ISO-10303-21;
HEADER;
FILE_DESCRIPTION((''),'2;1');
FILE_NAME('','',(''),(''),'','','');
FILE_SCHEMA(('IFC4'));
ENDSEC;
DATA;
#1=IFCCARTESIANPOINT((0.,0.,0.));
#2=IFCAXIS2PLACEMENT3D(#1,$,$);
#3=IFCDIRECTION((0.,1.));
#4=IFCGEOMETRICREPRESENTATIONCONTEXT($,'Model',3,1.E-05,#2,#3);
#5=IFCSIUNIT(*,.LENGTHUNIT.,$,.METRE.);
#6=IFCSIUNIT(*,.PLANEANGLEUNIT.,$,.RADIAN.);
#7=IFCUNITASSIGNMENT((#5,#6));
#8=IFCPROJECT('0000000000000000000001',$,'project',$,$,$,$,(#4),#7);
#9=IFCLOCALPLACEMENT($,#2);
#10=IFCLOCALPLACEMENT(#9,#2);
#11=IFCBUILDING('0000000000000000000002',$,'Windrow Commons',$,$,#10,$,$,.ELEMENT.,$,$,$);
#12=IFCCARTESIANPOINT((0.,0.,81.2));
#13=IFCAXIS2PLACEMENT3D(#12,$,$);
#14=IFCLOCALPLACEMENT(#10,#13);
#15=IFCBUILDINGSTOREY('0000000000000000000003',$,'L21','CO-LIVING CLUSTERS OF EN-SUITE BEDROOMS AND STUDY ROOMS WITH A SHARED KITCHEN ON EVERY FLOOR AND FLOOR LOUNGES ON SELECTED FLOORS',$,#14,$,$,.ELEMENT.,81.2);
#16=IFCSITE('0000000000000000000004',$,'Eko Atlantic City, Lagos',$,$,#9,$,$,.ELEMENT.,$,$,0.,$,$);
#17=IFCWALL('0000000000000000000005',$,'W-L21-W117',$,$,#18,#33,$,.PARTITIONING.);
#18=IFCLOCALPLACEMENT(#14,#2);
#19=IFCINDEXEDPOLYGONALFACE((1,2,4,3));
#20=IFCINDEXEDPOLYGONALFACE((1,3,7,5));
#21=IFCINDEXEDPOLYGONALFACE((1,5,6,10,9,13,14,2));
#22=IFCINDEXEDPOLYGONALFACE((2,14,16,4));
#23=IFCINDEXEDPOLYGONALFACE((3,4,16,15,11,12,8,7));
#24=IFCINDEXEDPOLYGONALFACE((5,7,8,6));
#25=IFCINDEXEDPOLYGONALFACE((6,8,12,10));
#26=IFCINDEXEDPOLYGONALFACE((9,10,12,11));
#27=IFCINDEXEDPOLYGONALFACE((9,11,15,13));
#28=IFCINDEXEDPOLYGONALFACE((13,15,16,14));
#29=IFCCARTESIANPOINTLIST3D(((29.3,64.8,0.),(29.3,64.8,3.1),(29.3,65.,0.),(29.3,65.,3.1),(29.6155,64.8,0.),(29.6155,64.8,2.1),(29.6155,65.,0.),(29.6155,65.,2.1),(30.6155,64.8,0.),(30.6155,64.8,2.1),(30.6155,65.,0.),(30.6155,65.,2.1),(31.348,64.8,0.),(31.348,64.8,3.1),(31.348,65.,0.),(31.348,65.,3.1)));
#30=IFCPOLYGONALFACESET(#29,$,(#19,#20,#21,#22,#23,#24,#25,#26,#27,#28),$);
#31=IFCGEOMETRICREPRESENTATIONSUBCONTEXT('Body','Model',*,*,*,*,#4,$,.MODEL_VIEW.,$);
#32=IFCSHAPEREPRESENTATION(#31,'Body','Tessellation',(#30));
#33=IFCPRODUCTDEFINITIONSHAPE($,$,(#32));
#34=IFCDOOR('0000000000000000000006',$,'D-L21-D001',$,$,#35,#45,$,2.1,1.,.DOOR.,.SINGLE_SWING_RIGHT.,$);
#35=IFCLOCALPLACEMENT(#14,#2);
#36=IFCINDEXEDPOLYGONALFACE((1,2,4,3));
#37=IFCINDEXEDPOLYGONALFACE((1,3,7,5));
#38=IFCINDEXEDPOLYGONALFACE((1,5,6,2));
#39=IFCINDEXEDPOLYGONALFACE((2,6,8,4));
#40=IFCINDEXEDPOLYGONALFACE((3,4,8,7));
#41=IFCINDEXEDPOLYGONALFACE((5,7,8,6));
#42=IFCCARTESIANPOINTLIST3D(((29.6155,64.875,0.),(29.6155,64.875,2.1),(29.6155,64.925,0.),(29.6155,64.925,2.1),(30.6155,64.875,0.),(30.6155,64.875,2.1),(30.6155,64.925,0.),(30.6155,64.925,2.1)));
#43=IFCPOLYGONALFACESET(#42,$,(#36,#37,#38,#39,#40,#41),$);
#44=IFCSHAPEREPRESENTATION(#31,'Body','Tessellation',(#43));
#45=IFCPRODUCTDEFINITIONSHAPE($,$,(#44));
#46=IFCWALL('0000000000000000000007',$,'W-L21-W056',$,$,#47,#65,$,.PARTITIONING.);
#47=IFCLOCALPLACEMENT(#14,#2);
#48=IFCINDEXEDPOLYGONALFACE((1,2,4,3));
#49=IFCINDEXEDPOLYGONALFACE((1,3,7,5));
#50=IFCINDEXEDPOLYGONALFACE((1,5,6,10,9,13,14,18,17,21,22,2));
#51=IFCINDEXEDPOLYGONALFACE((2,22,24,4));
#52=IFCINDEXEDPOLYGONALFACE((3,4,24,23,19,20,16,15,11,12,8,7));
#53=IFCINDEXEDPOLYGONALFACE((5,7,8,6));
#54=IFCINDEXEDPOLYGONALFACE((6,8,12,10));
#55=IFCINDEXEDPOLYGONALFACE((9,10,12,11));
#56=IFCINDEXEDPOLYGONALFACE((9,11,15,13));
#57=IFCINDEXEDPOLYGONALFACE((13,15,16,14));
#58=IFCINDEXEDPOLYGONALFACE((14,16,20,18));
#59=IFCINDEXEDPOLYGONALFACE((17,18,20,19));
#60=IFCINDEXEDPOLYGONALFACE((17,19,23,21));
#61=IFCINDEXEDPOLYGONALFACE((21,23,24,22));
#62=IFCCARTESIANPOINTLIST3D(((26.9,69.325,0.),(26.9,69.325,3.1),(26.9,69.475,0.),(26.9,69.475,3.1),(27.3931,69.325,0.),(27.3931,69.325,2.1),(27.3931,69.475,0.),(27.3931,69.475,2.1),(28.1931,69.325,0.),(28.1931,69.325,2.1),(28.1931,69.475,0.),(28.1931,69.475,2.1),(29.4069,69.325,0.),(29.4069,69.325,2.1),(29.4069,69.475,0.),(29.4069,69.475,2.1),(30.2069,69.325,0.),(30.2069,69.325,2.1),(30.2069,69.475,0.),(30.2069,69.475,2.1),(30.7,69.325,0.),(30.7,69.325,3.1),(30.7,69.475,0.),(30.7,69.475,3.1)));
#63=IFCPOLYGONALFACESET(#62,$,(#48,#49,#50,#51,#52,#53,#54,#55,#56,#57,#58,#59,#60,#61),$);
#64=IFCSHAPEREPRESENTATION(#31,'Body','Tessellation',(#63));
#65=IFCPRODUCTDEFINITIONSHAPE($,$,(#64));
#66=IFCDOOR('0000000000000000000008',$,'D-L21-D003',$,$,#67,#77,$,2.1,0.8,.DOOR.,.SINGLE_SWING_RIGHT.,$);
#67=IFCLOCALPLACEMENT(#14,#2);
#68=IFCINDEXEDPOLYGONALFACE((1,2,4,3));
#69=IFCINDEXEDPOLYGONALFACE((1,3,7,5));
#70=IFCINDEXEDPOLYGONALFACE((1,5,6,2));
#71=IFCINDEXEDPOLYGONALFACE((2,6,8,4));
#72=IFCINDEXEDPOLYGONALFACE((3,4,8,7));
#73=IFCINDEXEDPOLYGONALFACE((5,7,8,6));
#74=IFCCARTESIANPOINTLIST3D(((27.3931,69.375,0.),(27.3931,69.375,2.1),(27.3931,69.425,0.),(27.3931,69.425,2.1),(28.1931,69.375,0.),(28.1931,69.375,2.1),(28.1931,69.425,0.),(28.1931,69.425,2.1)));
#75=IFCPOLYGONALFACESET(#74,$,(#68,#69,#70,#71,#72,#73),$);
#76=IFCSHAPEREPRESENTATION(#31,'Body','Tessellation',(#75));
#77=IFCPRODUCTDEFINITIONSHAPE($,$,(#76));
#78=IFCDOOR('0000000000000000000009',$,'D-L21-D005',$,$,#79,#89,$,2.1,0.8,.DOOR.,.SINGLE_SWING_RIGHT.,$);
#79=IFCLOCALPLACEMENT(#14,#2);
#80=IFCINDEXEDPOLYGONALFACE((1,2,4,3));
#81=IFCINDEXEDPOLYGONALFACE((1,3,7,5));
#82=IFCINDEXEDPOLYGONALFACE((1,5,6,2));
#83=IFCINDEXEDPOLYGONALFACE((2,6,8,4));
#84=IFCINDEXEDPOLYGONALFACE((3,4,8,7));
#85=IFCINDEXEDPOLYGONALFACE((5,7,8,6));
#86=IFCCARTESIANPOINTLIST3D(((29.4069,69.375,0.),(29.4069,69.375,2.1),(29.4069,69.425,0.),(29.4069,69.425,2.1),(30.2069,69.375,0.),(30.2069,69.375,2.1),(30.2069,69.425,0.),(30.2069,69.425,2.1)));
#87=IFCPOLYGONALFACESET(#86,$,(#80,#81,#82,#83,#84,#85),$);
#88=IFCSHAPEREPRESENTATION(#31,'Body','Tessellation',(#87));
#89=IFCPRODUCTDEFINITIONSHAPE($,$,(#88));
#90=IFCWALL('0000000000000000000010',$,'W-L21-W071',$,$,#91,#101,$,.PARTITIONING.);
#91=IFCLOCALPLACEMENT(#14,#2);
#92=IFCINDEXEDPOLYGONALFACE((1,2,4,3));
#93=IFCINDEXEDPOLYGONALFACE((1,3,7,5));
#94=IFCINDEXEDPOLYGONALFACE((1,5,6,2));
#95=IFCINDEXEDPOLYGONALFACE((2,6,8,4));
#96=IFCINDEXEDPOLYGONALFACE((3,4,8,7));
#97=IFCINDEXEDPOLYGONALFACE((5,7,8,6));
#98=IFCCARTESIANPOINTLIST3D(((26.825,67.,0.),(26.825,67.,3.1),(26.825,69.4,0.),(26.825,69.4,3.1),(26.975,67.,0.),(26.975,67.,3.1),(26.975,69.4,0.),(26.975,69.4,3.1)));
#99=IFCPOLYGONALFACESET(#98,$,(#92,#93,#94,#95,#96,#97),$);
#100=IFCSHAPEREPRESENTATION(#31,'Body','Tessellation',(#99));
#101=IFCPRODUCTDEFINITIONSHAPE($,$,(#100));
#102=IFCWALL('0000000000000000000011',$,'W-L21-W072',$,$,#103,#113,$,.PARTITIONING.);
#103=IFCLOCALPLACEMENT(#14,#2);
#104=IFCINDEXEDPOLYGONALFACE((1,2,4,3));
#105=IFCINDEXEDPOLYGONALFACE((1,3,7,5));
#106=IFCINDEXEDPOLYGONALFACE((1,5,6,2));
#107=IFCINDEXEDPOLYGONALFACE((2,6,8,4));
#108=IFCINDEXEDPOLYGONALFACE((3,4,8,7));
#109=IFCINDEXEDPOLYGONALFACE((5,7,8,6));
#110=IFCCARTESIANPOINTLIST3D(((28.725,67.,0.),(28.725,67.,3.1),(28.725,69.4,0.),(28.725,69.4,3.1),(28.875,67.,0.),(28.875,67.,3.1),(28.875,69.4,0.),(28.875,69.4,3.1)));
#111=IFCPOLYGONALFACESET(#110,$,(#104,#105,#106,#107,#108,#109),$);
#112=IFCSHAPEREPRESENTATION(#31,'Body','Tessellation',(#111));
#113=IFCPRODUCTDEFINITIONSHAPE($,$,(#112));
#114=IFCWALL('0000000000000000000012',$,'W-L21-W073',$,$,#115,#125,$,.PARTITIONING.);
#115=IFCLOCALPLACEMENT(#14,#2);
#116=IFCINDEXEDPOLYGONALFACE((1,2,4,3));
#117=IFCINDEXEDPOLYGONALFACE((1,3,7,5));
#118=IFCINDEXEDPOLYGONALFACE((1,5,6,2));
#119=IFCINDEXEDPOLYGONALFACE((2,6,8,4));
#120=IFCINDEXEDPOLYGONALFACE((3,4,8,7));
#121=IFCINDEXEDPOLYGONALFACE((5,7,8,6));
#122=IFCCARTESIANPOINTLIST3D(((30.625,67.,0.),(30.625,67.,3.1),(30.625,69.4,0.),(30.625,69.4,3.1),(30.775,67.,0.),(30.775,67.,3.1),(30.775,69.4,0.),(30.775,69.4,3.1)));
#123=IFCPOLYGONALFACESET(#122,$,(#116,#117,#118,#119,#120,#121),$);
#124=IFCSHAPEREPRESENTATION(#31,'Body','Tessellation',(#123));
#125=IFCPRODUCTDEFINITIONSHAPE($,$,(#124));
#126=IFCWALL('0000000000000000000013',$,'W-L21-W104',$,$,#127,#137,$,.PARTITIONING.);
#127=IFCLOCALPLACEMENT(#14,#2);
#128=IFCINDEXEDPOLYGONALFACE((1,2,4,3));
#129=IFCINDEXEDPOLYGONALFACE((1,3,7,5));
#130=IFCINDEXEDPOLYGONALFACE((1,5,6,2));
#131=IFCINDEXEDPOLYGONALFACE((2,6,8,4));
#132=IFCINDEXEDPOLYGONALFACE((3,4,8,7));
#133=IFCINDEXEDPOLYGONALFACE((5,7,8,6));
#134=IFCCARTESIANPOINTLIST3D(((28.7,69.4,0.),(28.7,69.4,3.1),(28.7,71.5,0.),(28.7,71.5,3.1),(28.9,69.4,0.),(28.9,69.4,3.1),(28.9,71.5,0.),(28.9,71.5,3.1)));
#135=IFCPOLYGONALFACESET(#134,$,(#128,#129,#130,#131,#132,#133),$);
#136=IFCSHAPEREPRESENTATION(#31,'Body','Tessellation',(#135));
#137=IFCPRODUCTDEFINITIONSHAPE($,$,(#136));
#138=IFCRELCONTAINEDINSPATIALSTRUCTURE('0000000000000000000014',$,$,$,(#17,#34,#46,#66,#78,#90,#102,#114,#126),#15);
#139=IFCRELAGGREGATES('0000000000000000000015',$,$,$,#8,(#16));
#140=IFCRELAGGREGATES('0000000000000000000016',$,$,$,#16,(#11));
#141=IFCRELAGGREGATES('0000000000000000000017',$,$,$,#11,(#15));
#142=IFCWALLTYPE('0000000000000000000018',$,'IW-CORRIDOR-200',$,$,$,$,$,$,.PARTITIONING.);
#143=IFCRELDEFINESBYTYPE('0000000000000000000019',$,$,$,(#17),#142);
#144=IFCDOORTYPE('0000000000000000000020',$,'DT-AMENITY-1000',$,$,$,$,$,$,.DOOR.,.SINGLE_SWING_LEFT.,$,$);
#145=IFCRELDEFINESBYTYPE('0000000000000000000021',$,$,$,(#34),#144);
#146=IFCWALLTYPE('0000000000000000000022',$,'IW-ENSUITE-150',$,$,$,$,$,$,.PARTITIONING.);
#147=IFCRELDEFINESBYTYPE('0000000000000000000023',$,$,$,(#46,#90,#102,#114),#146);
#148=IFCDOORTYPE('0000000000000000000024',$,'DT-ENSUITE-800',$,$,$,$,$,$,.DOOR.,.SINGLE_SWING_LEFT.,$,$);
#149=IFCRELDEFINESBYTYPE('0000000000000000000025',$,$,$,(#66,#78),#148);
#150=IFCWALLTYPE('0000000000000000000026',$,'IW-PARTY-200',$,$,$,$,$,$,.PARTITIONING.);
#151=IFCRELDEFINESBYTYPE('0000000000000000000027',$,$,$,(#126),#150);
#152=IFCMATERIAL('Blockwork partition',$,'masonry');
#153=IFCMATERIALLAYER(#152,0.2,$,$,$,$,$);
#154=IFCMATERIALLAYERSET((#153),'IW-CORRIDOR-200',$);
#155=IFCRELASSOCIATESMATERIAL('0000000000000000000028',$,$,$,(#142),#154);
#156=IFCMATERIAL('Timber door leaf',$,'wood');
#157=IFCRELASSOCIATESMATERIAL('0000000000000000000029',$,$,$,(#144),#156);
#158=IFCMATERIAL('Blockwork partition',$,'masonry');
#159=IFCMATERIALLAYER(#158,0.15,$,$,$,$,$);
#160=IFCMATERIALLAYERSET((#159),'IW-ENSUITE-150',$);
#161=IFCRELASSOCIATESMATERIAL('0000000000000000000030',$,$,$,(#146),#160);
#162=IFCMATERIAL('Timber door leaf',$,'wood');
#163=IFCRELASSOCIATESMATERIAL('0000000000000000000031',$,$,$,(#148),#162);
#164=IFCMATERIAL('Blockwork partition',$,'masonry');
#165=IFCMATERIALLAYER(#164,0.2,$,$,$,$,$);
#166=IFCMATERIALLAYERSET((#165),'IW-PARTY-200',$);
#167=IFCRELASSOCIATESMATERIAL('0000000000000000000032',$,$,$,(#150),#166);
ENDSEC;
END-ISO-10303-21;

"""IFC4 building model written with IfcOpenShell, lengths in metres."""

from ifc_helpers import new_model, si_unit, direction, frame, frame_2d, origin, place, context, subcontext, project, spatial, rectangle, extrude, material, layer, layer_set, type_object, element, fill, save


model = new_model("IFC4")

# Units and contexts
model_context = context("Model", 3, precision=1e-05, world=origin(), true_north=direction((0.0, 1.0)))
body_context = subcontext(model_context, "Body", "Model", "MODEL_VIEW")
ifc_project = project(units=[si_unit("LENGTHUNIT", "METRE"), si_unit("PLANEANGLEUNIT", "RADIAN")], contexts=[model_context])

# Site, building, storey
site_placement = place(None, origin())
site = spatial("IfcSite", under=ifc_project, at=site_placement, Name="Eko Atlantic City, Lagos", CompositionType="ELEMENT", RefElevation=0.0)
building_placement = place(site_placement, origin())
building = spatial("IfcBuilding", under=site, at=building_placement, Name="Windrow Commons", CompositionType="ELEMENT")
storey_placement = place(building_placement, frame((0.0, 0.0, 81.2)))
storey = spatial("IfcBuildingStorey", under=building, at=storey_placement, Name="L21", Description="CO-LIVING CLUSTERS OF EN-SUITE BEDROOMS AND STUDY ROOMS WITH A SHARED KITCHEN ON EVERY FLOOR AND FLOOR LOUNGES ON SELECTED FLOORS", CompositionType="ELEMENT", Elevation=81.2)

# Wall, opening, door
ifc_material_1 = material(Name="Blockwork partition", Category="masonry")
ifc_layer_1 = layer(ifc_material_1, 0.2)
ifc_layer_set_1 = layer_set([ifc_layer_1], Name="IW-CORRIDOR-200")
wall_type_1 = type_object("IfcWallType", Name="IW-CORRIDOR-200", PredefinedType="PARTITIONING", material=ifc_layer_set_1)
wall_1_placement = place(storey_placement, frame((29.3, 64.9, 0.0), z_axis=(0.0, 0.0, 1.0), x_axis=(1.0, 0.0, 0.0)))
wall_1 = element("IfcWall", 1, at=wall_1_placement, inside=storey, type_object=wall_type_1, Name="W-L21-W117", PredefinedType="PARTITIONING", context=body_context, shape_type="SweptSolid", body=[
    extrude(rectangle(XDim=2.048, YDim=0.2, at=frame_2d((1.024, 0.0))), origin(), (0.0, 0.0, 1.0), 3.1),
])
opening_1_placement = place(wall_1_placement, frame((0.3155, 0.0, 0.0)))
opening_1 = element("IfcOpeningElement", 2, at=opening_1_placement, cuts=wall_1, PredefinedType="OPENING", context=body_context, shape_type="SweptSolid", body=[
    extrude(rectangle(XDim=1.0, YDim=2.1, at=frame_2d((0.5, 1.05))), frame((0.0, 0.11, 0.0), z_axis=(0.0, -1.0, 0.0), x_axis=(1.0, 0.0, 0.0)), (0.0, 0.0, 1.0), 0.22),
])
ifc_material_2 = material(Name="Timber door leaf", Category="wood")
door_type_1 = type_object("IfcDoorType", Name="DT-AMENITY-1000", OperationType="SINGLE_SWING_LEFT", PredefinedType="DOOR", material=ifc_material_2)
door_1_placement = place(opening_1_placement, origin())
door_1 = element("IfcDoor", 3, at=door_1_placement, inside=storey, type_object=door_type_1, Name="D-L21-D001", OperationType="SINGLE_SWING_RIGHT", OverallHeight=2.1, OverallWidth=1.0, PredefinedType="DOOR", context=body_context, shape_type="SweptSolid", body=[
    extrude(rectangle(XDim=1.0, YDim=2.1, at=frame_2d((0.5, 1.05))), frame((0.0, 0.025, 0.0), z_axis=(0.0, -1.0, 0.0), x_axis=(1.0, 0.0, 0.0)), (0.0, 0.0, 1.0), 0.05),
])
fill(opening_1, door_1)

# Wall, openings, doors
ifc_material_3 = material(Name="Blockwork partition", Category="masonry")
ifc_layer_2 = layer(ifc_material_3, 0.15)
ifc_layer_set_2 = layer_set([ifc_layer_2], Name="IW-ENSUITE-150")
wall_type_2 = type_object("IfcWallType", Name="IW-ENSUITE-150", PredefinedType="PARTITIONING", material=ifc_layer_set_2)
wall_2_placement = place(storey_placement, frame((26.9, 69.4, 0.0), z_axis=(0.0, 0.0, 1.0), x_axis=(1.0, 0.0, 0.0)))
wall_2 = element("IfcWall", 4, at=wall_2_placement, inside=storey, type_object=wall_type_2, Name="W-L21-W056", PredefinedType="PARTITIONING", context=body_context, shape_type="SweptSolid", body=[
    extrude(rectangle(XDim=3.8, YDim=0.15, at=frame_2d((1.9, 0.0))), origin(), (0.0, 0.0, 1.0), 3.1),
])
opening_2_placement = place(wall_2_placement, frame((0.4931, 0.0, 0.0)))
opening_2 = element("IfcOpeningElement", 5, at=opening_2_placement, cuts=wall_2, PredefinedType="OPENING", context=body_context, shape_type="SweptSolid", body=[
    extrude(rectangle(XDim=0.8, YDim=2.1, at=frame_2d((0.4, 1.05))), frame((0.0, 0.085, 0.0), z_axis=(0.0, -1.0, 0.0), x_axis=(1.0, 0.0, 0.0)), (0.0, 0.0, 1.0), 0.17),
])
opening_3_placement = place(wall_2_placement, frame((2.5069, 0.0, 0.0)))
opening_3 = element("IfcOpeningElement", 6, at=opening_3_placement, cuts=wall_2, PredefinedType="OPENING", context=body_context, shape_type="SweptSolid", body=[
    extrude(rectangle(XDim=0.8, YDim=2.1, at=frame_2d((0.4, 1.05))), frame((0.0, 0.085, 0.0), z_axis=(0.0, -1.0, 0.0), x_axis=(1.0, 0.0, 0.0)), (0.0, 0.0, 1.0), 0.17),
])
ifc_material_4 = material(Name="Timber door leaf", Category="wood")
door_type_2 = type_object("IfcDoorType", Name="DT-ENSUITE-800", OperationType="SINGLE_SWING_LEFT", PredefinedType="DOOR", material=ifc_material_4)
door_2_placement = place(opening_2_placement, origin())
door_2 = element("IfcDoor", 7, at=door_2_placement, inside=storey, type_object=door_type_2, Name="D-L21-D003", OperationType="SINGLE_SWING_RIGHT", OverallHeight=2.1, OverallWidth=0.8, PredefinedType="DOOR", context=body_context, shape_type="SweptSolid", body=[
    extrude(rectangle(XDim=0.8, YDim=2.1, at=frame_2d((0.4, 1.05))), frame((0.0, 0.025, 0.0), z_axis=(0.0, -1.0, 0.0), x_axis=(1.0, 0.0, 0.0)), (0.0, 0.0, 1.0), 0.05),
])
fill(opening_2, door_2)
door_3_placement = place(opening_3_placement, origin())
door_3 = element("IfcDoor", 8, at=door_3_placement, inside=storey, type_object=door_type_2, Name="D-L21-D005", OperationType="SINGLE_SWING_RIGHT", OverallHeight=2.1, OverallWidth=0.8, PredefinedType="DOOR", context=body_context, shape_type="SweptSolid", body=[
    extrude(rectangle(XDim=0.8, YDim=2.1, at=frame_2d((0.4, 1.05))), frame((0.0, 0.025, 0.0), z_axis=(0.0, -1.0, 0.0), x_axis=(1.0, 0.0, 0.0)), (0.0, 0.0, 1.0), 0.05),
])
fill(opening_3, door_3)

# Walls
for number, where, z_axis, x_axis, name in (
    (9, (26.9, 67.0, 0.0), (0.0, 0.0, 1.0), (0.0, 1.0, 0.0), "W-L21-W071"),
    (10, (28.8, 67.0, 0.0), (0.0, 0.0, 1.0), (0.0, 1.0, 0.0), "W-L21-W072"),
    (11, (30.7, 67.0, 0.0), (0.0, 0.0, 1.0), (0.0, 1.0, 0.0), "W-L21-W073"),
):
    element("IfcWall", number, at=place(storey_placement, frame(where, z_axis=z_axis, x_axis=x_axis)), inside=storey, type_object=wall_type_2, Name=name, PredefinedType="PARTITIONING", context=body_context, shape_type="SweptSolid", body=[
        extrude(rectangle(XDim=2.4, YDim=0.15, at=frame_2d((1.2, 0.0))), origin(), (0.0, 0.0, 1.0), 3.1),
    ])
ifc_material_5 = material(Name="Blockwork partition", Category="masonry")
ifc_layer_3 = layer(ifc_material_5, 0.2)
ifc_layer_set_3 = layer_set([ifc_layer_3], Name="IW-PARTY-200")
wall_type_3 = type_object("IfcWallType", Name="IW-PARTY-200", PredefinedType="PARTITIONING", material=ifc_layer_set_3)
wall_3_placement = place(storey_placement, frame((28.8, 69.4, 0.0), z_axis=(0.0, 0.0, 1.0), x_axis=(0.0, 1.0, 0.0)))
element("IfcWall", 12, at=wall_3_placement, inside=storey, type_object=wall_type_3, Name="W-L21-W104", PredefinedType="PARTITIONING", context=body_context, shape_type="SweptSolid", body=[
    extrude(rectangle(XDim=2.1, YDim=0.2, at=frame_2d((1.05, 0.0))), origin(), (0.0, 0.0, 1.0), 3.1),
])

save(model, "model.ifc")
